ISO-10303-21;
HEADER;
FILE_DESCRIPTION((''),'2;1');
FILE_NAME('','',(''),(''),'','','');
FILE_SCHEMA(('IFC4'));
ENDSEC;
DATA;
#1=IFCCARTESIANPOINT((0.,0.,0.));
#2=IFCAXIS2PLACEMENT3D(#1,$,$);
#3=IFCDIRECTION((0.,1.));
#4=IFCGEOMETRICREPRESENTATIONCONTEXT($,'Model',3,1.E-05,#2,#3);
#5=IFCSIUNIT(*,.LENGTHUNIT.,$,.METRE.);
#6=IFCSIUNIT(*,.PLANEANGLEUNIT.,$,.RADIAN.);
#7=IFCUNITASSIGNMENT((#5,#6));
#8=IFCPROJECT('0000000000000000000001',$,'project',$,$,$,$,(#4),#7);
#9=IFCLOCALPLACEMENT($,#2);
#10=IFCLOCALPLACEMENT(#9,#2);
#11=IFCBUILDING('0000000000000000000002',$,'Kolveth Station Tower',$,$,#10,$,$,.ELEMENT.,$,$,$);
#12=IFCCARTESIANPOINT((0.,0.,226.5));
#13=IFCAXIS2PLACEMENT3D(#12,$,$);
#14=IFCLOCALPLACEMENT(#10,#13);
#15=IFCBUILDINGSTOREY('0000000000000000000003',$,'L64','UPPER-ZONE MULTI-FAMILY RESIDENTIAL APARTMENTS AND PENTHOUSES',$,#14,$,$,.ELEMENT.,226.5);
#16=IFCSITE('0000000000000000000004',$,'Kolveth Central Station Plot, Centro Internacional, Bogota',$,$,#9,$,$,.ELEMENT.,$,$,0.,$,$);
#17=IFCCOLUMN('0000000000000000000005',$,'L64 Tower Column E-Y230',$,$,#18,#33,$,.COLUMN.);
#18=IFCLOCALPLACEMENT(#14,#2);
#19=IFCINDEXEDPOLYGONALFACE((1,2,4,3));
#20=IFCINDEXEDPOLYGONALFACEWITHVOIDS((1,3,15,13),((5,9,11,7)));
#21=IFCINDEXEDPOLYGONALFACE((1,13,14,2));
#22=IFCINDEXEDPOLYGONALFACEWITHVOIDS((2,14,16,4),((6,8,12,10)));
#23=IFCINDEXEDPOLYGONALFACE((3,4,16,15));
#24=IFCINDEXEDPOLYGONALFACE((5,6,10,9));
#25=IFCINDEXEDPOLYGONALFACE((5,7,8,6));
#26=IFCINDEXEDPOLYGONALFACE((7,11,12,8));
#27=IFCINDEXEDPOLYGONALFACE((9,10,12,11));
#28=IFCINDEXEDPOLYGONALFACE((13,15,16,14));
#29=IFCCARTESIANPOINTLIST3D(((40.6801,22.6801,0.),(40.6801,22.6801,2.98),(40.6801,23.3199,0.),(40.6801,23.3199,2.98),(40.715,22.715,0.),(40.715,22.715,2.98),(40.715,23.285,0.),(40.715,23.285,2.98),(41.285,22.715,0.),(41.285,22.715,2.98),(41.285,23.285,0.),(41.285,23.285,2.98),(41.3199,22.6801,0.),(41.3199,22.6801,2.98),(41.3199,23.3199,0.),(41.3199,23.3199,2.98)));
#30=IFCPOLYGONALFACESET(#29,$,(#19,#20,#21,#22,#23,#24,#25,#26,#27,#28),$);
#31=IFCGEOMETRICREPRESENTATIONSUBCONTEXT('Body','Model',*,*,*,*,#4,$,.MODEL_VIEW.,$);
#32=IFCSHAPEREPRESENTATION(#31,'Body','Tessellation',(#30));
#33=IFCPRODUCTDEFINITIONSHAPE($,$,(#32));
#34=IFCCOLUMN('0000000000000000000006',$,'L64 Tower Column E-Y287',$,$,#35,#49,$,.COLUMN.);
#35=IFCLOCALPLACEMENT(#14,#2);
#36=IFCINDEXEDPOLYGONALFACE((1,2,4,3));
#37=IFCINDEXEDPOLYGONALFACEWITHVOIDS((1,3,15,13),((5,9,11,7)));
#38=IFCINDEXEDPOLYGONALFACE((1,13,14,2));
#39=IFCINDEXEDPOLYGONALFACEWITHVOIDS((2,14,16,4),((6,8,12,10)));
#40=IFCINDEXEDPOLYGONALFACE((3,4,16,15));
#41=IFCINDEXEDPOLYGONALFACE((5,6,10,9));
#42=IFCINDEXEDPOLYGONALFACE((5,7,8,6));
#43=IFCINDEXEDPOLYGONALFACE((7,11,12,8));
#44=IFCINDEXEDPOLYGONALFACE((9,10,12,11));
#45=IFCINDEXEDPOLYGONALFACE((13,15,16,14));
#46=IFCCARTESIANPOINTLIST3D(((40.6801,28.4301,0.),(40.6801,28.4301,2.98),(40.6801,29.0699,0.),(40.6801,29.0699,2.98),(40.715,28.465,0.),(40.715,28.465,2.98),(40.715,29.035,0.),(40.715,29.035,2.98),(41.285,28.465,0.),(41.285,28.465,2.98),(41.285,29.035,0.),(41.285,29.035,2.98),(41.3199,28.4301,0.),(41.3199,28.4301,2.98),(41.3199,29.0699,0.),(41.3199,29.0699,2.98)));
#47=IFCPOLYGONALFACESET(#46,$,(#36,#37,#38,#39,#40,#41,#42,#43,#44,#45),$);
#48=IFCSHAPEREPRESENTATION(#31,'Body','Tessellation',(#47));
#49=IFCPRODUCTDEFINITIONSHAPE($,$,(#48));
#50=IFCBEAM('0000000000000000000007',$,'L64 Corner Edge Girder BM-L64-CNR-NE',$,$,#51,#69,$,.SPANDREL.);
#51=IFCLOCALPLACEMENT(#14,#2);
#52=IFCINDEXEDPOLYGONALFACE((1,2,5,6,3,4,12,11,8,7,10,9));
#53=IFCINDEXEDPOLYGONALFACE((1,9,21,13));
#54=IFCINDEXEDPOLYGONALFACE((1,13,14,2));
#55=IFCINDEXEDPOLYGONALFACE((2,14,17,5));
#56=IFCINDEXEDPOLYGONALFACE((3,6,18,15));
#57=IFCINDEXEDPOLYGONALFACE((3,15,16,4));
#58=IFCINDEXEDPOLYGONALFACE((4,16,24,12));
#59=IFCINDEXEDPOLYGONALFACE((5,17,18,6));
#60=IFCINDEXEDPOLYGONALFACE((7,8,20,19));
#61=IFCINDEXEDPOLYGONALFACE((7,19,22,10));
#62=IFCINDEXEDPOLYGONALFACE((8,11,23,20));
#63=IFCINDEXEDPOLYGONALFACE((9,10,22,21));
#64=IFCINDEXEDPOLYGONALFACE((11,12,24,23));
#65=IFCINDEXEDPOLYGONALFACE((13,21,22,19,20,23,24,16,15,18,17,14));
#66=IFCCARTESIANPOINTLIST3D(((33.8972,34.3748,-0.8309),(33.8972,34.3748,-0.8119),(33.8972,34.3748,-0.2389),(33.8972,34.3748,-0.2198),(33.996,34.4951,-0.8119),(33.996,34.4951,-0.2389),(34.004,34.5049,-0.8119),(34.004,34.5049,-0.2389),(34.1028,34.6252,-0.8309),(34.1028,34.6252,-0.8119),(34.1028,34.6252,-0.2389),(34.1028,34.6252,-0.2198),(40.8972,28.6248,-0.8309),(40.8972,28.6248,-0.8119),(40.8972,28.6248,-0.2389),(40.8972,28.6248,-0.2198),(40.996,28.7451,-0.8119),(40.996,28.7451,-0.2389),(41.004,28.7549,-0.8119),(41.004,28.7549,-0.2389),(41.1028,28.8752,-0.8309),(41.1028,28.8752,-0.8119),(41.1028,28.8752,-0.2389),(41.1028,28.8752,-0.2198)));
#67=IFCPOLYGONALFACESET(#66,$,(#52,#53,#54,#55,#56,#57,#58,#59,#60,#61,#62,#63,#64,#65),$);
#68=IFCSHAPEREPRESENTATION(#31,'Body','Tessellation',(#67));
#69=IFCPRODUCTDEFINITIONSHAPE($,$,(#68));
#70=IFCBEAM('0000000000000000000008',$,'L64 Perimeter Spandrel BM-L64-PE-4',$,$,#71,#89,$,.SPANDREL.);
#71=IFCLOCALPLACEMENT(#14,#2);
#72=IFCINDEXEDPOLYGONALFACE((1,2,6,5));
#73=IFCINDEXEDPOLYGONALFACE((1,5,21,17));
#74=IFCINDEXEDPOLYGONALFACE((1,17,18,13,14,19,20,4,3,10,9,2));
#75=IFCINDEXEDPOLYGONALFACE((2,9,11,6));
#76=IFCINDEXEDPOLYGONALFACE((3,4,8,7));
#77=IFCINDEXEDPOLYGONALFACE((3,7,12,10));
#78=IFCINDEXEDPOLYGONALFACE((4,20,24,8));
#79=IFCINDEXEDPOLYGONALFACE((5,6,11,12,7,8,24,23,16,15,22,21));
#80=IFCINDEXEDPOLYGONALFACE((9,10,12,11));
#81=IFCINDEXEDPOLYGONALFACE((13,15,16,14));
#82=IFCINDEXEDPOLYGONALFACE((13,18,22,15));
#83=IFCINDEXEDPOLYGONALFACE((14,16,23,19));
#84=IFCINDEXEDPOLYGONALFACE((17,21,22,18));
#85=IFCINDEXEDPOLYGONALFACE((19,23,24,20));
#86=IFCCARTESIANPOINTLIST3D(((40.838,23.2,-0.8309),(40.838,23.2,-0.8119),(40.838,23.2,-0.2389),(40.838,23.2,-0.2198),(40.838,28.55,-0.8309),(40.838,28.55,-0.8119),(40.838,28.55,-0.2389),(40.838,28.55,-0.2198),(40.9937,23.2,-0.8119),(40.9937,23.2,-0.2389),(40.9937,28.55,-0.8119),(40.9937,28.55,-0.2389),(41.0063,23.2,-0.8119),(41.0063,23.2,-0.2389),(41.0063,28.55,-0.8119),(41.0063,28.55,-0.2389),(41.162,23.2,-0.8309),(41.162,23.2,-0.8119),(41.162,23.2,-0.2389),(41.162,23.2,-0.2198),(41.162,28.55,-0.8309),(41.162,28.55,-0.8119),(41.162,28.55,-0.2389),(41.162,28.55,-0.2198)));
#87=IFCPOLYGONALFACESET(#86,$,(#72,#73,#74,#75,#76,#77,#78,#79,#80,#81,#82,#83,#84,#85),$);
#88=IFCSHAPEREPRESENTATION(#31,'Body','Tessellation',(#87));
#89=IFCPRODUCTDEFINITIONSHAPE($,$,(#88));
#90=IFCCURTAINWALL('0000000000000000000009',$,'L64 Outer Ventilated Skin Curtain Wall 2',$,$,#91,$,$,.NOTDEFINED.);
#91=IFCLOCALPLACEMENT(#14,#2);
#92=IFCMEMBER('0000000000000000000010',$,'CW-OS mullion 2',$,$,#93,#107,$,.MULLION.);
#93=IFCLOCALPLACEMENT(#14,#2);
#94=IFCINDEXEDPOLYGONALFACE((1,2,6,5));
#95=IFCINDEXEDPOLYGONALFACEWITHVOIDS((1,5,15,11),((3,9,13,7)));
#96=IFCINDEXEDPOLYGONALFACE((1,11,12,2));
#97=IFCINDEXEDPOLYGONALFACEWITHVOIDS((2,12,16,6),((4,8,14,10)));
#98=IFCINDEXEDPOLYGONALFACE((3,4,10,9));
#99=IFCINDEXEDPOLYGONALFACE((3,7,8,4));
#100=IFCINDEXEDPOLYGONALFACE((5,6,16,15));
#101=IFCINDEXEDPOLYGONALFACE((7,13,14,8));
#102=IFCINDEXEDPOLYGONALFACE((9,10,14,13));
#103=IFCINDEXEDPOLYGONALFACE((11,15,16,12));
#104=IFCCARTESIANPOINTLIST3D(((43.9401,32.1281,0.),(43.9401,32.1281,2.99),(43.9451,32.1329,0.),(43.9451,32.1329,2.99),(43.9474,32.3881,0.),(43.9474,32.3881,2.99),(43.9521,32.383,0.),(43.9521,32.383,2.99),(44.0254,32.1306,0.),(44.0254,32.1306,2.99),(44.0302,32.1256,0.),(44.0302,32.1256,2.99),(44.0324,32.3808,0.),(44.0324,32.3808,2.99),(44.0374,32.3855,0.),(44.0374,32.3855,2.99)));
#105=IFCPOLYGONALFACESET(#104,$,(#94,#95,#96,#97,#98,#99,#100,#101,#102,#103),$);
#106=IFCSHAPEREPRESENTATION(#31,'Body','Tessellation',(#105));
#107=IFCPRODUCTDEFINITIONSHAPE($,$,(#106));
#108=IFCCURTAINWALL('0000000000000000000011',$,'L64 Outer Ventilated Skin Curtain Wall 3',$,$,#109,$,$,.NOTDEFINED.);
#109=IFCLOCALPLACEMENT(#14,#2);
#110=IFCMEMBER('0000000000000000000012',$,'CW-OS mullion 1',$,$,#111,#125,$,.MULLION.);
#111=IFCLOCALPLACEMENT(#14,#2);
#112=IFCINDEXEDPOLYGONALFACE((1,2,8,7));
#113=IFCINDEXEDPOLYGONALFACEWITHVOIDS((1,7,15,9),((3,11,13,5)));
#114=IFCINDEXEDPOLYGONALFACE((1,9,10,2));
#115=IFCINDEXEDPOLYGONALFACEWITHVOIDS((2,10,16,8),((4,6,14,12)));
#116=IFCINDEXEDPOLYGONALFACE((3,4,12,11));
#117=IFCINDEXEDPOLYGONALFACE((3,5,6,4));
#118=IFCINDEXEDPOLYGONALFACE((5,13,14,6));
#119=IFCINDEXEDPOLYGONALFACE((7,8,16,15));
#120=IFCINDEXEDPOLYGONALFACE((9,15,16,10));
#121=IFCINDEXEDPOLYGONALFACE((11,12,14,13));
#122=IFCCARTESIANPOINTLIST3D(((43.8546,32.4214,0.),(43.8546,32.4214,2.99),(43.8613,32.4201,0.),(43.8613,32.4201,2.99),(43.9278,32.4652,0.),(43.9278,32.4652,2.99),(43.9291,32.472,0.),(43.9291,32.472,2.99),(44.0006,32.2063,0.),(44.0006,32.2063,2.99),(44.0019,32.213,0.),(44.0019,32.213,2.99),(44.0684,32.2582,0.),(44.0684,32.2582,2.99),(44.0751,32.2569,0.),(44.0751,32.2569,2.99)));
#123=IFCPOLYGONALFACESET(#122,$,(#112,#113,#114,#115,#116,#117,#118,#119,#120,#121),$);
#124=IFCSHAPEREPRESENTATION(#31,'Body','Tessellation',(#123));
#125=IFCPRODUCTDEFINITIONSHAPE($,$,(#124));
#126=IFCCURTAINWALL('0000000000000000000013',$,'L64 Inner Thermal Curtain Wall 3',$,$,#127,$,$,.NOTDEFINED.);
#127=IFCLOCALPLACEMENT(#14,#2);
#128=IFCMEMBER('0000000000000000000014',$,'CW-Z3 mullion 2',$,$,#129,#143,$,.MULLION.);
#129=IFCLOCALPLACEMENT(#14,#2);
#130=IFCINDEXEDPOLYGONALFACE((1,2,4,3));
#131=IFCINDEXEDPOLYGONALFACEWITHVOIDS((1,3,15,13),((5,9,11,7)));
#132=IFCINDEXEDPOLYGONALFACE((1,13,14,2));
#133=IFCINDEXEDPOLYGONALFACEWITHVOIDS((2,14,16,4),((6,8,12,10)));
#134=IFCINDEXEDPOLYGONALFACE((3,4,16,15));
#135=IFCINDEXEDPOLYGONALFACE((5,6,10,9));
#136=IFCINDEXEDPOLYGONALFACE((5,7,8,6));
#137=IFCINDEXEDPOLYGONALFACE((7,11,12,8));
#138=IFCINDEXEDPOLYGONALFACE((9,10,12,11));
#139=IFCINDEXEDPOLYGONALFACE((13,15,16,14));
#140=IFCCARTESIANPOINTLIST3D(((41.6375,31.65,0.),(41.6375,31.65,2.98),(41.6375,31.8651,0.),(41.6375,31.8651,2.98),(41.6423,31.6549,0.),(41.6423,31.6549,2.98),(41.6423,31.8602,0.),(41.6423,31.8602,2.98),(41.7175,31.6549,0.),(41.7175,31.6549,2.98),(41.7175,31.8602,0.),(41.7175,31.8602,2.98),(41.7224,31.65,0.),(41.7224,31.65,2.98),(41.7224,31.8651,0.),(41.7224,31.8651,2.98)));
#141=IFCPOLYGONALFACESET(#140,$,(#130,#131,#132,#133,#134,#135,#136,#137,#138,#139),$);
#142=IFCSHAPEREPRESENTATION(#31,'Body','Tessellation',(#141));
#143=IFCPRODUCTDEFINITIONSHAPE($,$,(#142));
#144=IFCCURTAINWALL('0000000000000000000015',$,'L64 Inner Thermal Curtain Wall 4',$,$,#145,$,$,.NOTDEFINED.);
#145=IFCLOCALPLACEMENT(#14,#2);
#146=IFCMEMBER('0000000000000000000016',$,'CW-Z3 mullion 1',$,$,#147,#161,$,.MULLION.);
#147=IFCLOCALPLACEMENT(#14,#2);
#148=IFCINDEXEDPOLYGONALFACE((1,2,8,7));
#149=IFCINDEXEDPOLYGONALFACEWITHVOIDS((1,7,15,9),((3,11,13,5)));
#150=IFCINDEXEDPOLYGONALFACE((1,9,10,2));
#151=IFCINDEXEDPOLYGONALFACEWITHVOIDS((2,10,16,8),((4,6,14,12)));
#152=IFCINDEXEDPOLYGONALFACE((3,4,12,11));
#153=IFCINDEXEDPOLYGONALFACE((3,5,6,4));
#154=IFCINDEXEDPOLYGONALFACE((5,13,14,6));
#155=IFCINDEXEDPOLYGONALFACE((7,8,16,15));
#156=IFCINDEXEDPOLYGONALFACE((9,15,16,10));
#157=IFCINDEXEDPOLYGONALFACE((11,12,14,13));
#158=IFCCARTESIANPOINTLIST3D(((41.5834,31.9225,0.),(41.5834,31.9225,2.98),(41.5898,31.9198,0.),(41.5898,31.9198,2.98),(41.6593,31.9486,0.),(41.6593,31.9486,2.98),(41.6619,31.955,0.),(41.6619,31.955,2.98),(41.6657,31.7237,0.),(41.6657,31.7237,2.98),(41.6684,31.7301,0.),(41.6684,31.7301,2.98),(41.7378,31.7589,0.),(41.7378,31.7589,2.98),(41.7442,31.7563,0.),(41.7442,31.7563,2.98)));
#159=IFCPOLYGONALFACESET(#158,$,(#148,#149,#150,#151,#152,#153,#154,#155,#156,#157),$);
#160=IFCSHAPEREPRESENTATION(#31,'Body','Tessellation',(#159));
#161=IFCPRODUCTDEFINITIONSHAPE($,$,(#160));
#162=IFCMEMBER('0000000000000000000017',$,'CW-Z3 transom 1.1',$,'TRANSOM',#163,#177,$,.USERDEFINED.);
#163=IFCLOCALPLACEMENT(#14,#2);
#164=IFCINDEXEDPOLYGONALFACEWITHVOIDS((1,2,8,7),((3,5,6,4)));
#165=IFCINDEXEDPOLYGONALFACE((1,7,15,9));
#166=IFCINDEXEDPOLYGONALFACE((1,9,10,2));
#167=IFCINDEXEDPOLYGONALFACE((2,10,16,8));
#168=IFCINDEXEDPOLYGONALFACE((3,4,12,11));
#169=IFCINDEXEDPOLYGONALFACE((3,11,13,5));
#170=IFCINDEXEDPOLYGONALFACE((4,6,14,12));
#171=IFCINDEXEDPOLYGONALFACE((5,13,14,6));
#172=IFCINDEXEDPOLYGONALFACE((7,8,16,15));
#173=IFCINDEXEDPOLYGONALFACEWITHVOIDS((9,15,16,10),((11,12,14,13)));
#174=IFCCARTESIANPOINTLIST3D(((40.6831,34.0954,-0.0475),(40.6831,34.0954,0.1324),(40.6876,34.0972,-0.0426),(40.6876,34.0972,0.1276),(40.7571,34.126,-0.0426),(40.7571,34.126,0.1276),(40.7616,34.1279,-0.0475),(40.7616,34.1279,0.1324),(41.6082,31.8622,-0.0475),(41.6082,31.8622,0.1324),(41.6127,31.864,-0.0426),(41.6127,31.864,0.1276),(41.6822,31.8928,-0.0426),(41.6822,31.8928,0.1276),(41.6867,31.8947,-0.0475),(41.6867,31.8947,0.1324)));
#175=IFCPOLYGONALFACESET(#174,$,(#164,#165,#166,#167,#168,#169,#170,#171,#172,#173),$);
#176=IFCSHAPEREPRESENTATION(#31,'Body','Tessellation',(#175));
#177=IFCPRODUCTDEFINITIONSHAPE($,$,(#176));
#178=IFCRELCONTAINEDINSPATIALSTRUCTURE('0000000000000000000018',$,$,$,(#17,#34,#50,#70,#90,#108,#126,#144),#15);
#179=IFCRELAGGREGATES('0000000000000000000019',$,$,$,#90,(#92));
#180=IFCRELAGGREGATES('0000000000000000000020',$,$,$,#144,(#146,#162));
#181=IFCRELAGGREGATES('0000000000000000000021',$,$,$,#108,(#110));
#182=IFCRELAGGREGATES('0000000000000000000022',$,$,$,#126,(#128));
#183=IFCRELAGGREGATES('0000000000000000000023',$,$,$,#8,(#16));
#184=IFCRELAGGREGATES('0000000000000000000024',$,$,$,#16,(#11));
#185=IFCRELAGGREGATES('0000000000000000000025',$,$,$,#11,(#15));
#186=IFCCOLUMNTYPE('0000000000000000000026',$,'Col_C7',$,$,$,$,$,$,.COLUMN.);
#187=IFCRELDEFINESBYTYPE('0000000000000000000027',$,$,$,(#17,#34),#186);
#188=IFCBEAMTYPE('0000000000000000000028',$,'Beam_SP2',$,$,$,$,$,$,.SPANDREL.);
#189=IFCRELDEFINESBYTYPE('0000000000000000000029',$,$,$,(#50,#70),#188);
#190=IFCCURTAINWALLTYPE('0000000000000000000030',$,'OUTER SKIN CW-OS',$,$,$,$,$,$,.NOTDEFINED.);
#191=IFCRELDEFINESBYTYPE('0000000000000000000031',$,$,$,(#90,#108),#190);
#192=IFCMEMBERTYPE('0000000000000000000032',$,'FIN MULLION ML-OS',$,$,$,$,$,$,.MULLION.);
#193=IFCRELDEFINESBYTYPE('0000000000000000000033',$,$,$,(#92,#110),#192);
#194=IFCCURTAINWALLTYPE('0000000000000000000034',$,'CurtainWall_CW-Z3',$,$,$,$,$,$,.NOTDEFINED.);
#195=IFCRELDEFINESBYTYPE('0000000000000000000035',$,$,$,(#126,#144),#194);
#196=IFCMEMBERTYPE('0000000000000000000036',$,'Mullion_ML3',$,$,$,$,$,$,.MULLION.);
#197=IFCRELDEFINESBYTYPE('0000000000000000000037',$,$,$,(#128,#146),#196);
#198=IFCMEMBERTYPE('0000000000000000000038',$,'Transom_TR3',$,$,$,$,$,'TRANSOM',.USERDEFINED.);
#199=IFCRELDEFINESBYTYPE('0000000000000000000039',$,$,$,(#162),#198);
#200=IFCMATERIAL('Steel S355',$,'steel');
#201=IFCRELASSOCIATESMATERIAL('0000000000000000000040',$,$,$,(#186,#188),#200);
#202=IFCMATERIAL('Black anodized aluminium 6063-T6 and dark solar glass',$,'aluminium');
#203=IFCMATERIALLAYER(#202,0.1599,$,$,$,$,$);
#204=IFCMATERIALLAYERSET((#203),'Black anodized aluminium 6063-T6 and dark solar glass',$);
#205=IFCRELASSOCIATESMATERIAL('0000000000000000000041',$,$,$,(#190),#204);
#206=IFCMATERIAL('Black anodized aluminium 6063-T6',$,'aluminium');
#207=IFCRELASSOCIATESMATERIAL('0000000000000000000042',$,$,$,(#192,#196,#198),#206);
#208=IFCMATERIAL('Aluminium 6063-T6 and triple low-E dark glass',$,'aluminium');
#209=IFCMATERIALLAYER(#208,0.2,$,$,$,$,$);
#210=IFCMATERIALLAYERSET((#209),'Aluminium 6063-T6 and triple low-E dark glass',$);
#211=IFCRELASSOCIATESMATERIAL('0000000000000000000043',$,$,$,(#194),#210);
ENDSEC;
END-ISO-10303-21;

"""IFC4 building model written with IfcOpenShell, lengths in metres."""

from ifc_helpers import new_model, si_unit, direction, frame, origin, origin_2d, place, context, subcontext, project, spatial, hollow_rectangle, i_section, extrude, source, transform, mapped, material, layer, layer_set, material_profile, profile_set, type_object, element, aggregate, save


model = new_model("IFC4")

# Units and contexts
model_context = context("Model", 3, precision=1e-05, world=origin(), true_north=direction((0.0, 1.0)))
body_context = subcontext(model_context, "Body", "Model", "MODEL_VIEW")
ifc_project = project(units=[si_unit("LENGTHUNIT", "METRE"), si_unit("PLANEANGLEUNIT", "RADIAN")], contexts=[model_context])

# Site, building, storey
site_placement = place(None, origin())
site = spatial("IfcSite", under=ifc_project, at=site_placement, Name="Kolveth Central Station Plot, Centro Internacional, Bogota", CompositionType="ELEMENT", RefElevation=0.0)
building_placement = place(site_placement, origin())
building = spatial("IfcBuilding", under=site, at=building_placement, Name="Kolveth Station Tower", CompositionType="ELEMENT")
storey_placement = place(building_placement, frame((0.0, 0.0, 226.5)))
storey = spatial("IfcBuildingStorey", under=building, at=storey_placement, Name="L64", Description="UPPER-ZONE MULTI-FAMILY RESIDENTIAL APARTMENTS AND PENTHOUSES", CompositionType="ELEMENT", Elevation=226.5)

# Columns
ifc_material_1 = material(Name="Steel S355", Category="steel")
ifc_material_profile_1 = material_profile(ifc_material_1, hollow_rectangle(XDim=0.6399, YDim=0.6399, WallThickness=0.0349, at=origin_2d()), Name="BOX640x640x35")
ifc_profile_set_1 = profile_set([ifc_material_profile_1], Name="Steel S355")
column_type = type_object("IfcColumnType", Name="Col_C7", PredefinedType="COLUMN", material=ifc_profile_set_1)
shared_shape_1 = source(origin(), body_context, "Body", "SweptSolid", [
    extrude(hollow_rectangle(XDim=0.6399, YDim=0.6399, WallThickness=0.0349, at=origin_2d()), origin(), (0.0, 0.0, 1.0), 2.98),
])
for number, where, z_axis, x_axis, name in (
    (1, (41.0, 23.0, 0.0), (0.0, 0.0, 1.0), (1.0, 0.0, 0.0), "L64 Tower Column E-Y230"),
    (2, (41.0, 28.75, 0.0), (0.0, 0.0, 1.0), (1.0, 0.0, 0.0), "L64 Tower Column E-Y287"),
):
    element("IfcColumn", number, at=place(storey_placement, frame(where, z_axis=z_axis, x_axis=x_axis)), inside=storey, type_object=column_type, Name=name, PredefinedType="COLUMN", context=body_context, shape_type="MappedRepresentation", body=[
        mapped(shared_shape_1, transform((0.0, 0.0, 0.0), x_axis=(1.0, 0.0, 0.0), y_axis=(0.0, 1.0, 0.0), z_axis=(0.0, 0.0, 1.0), scale=1.0)),
    ])

# Beams
ifc_material_profile_2 = material_profile(ifc_material_1, i_section(OverallWidth=0.324, OverallDepth=0.6111, WebThickness=0.0127, FlangeThickness=0.019, at=origin_2d()), Name="W610x155")
ifc_profile_set_2 = profile_set([ifc_material_profile_2], Name="Steel S355")
beam_type = type_object("IfcBeamType", Name="Beam_SP2", PredefinedType="SPANDREL", material=ifc_profile_set_2)
shared_shape_2 = source(origin(), body_context, "Body", "SweptSolid", [
    extrude(i_section(OverallWidth=0.324, OverallDepth=0.6111, WebThickness=0.0127, FlangeThickness=0.019, at=origin_2d()), origin(), (0.0, 0.0, 1.0), 9.0588),
])
beam_1_placement = place(storey_placement, frame((41.0, 28.75, -0.5254), z_axis=(-0.772726, 0.634739, 0.0), x_axis=(-0.634739, -0.772726, 0.0)))
element("IfcBeam", 3, at=beam_1_placement, inside=storey, type_object=beam_type, Name="L64 Corner Edge Girder BM-L64-CNR-NE", PredefinedType="SPANDREL", context=body_context, shape_type="MappedRepresentation", body=[
    mapped(shared_shape_2, transform((0.0, 0.0, 0.0), x_axis=(1.0, 0.0, 0.0), y_axis=(0.0, 1.0, 0.0), z_axis=(0.0, 0.0, 1.0), scale=1.0)),
])
shared_shape_3 = source(origin(), body_context, "Body", "SweptSolid", [
    extrude(i_section(OverallWidth=0.324, OverallDepth=0.6111, WebThickness=0.0127, FlangeThickness=0.019, at=origin_2d()), origin(), (0.0, 0.0, 1.0), 5.3501),
])
beam_2_placement = place(storey_placement, frame((41.0, 23.2, -0.5254), z_axis=(0.0, 1.0, 0.0), x_axis=(-1.0, 0.0, 0.0)))
element("IfcBeam", 4, at=beam_2_placement, inside=storey, type_object=beam_type, Name="L64 Perimeter Spandrel BM-L64-PE-4", PredefinedType="SPANDREL", context=body_context, shape_type="MappedRepresentation", body=[
    mapped(shared_shape_3, transform((0.0, 0.0, 0.0), x_axis=(1.0, 0.0, 0.0), y_axis=(0.0, 1.0, 0.0), z_axis=(0.0, 0.0, 1.0), scale=1.0)),
])

# Curtain walls, members
ifc_material_2 = material(Name="Black anodized aluminium 6063-T6 and dark solar glass", Category="aluminium")
ifc_layer_1 = layer(ifc_material_2, 0.1599)
ifc_layer_set_1 = layer_set([ifc_layer_1], Name="Black anodized aluminium 6063-T6 and dark solar glass")
curtain_wall_type_1 = type_object("IfcCurtainWallType", Name="OUTER SKIN CW-OS", PredefinedType="NOTDEFINED", material=ifc_layer_set_1)
curtain_wall_1_placement = place(storey_placement, origin())
curtain_wall_1 = element("IfcCurtainWall", 5, at=curtain_wall_1_placement, inside=storey, type_object=curtain_wall_type_1, Name="L64 Outer Ventilated Skin Curtain Wall 2", PredefinedType="NOTDEFINED")
ifc_material_3 = material(Name="Black anodized aluminium 6063-T6", Category="aluminium")
ifc_material_profile_3 = material_profile(ifc_material_3, hollow_rectangle(XDim=0.0901, YDim=0.26, WallThickness=0.0049, at=origin_2d()), Name="ALU-90x260x5")
ifc_profile_set_3 = profile_set([ifc_material_profile_3], Name="Black anodized aluminium 6063-T6")
member_type_1 = type_object("IfcMemberType", Name="FIN MULLION ML-OS", PredefinedType="MULLION", material=ifc_profile_set_3)
shared_shape_4 = source(origin(), body_context, "Body", "SweptSolid", [
    extrude(hollow_rectangle(XDim=0.0901, YDim=0.26, WallThickness=0.0049, at=origin_2d()), origin(), (0.0, 0.0, 1.0), 2.99),
])
member_1_placement = place(storey_placement, frame((43.9888, 32.2568, 0.0), z_axis=(0.0, 0.0, 1.0), x_axis=(-0.999608, 0.02799, 0.0)))
member_1 = element("IfcMember", 6, at=member_1_placement, type_object=member_type_1, Name="CW-OS mullion 2", PredefinedType="MULLION", context=body_context, shape_type="MappedRepresentation", body=[
    mapped(shared_shape_4, transform((0.0, 0.0, 0.0), x_axis=(1.0, 0.0, 0.0), y_axis=(0.0, 1.0, 0.0), z_axis=(0.0, 0.0, 1.0), scale=1.0)),
])
aggregate(curtain_wall_1, [member_1])
curtain_wall_2_placement = place(storey_placement, origin())
curtain_wall_2 = element("IfcCurtainWall", 7, at=curtain_wall_2_placement, inside=storey, type_object=curtain_wall_type_1, Name="L64 Outer Ventilated Skin Curtain Wall 3", PredefinedType="NOTDEFINED")
member_2_placement = place(storey_placement, frame((43.9648, 32.3391, 0.0), z_axis=(0.0, 0.0, 1.0), x_axis=(-0.827335, -0.561709, 0.0)))
member_2 = element("IfcMember", 8, at=member_2_placement, type_object=member_type_1, Name="CW-OS mullion 1", PredefinedType="MULLION", context=body_context, shape_type="MappedRepresentation", body=[
    mapped(shared_shape_4, transform((0.0, 0.0, 0.0), x_axis=(1.0, 0.0, 0.0), y_axis=(0.0, 1.0, 0.0), z_axis=(0.0, 0.0, 1.0), scale=1.0)),
])
ifc_material_4 = material(Name="Aluminium 6063-T6 and triple low-E dark glass", Category="aluminium")
ifc_layer_2 = layer(ifc_material_4, 0.2)
ifc_layer_set_2 = layer_set([ifc_layer_2], Name="Aluminium 6063-T6 and triple low-E dark glass")
curtain_wall_type_2 = type_object("IfcCurtainWallType", Name="CurtainWall_CW-Z3", PredefinedType="NOTDEFINED", material=ifc_layer_set_2)
curtain_wall_3_placement = place(storey_placement, origin())
curtain_wall_3 = element("IfcCurtainWall", 9, at=curtain_wall_3_placement, inside=storey, type_object=curtain_wall_type_2, Name="L64 Inner Thermal Curtain Wall 3", PredefinedType="NOTDEFINED")
ifc_material_profile_4 = material_profile(ifc_material_3, hollow_rectangle(XDim=0.085, YDim=0.2151, WallThickness=0.0049, at=origin_2d()), Name="ALU-85x215x5")
ifc_profile_set_4 = profile_set([ifc_material_profile_4], Name="Black anodized aluminium 6063-T6")
member_type_2 = type_object("IfcMemberType", Name="Mullion_ML3", PredefinedType="MULLION", material=ifc_profile_set_4)
shared_shape_5 = source(origin(), body_context, "Body", "SweptSolid", [
    extrude(hollow_rectangle(XDim=0.085, YDim=0.2151, WallThickness=0.0049, at=origin_2d()), origin(), (0.0, 0.0, 1.0), 2.98),
])
member_3_placement = place(storey_placement, frame((41.6799, 31.7576, 0.0), z_axis=(0.0, 0.0, 1.0), x_axis=(-1.0, 0.0, 0.0)))
member_3 = element("IfcMember", 10, at=member_3_placement, type_object=member_type_2, Name="CW-Z3 mullion 2", PredefinedType="MULLION", context=body_context, shape_type="MappedRepresentation", body=[
    mapped(shared_shape_5, transform((0.0, 0.0, 0.0), x_axis=(1.0, 0.0, 0.0), y_axis=(0.0, 1.0, 0.0), z_axis=(0.0, 0.0, 1.0), scale=1.0)),
])

# Curtain wall, members
curtain_wall_4_placement = place(storey_placement, origin())
curtain_wall_4 = element("IfcCurtainWall", 11, at=curtain_wall_4_placement, inside=storey, type_object=curtain_wall_type_2, Name="L64 Inner Thermal Curtain Wall 4", PredefinedType="NOTDEFINED")
member_4_placement = place(storey_placement, frame((41.6638, 31.8394, 0.0), z_axis=(0.0, 0.0, 1.0), x_axis=(-0.923875, -0.382693, 0.0)))
member_4 = element("IfcMember", 12, at=member_4_placement, type_object=member_type_2, Name="CW-Z3 mullion 1", PredefinedType="MULLION", context=body_context, shape_type="MappedRepresentation", body=[
    mapped(shared_shape_5, transform((0.0, 0.0, 0.0), x_axis=(1.0, 0.0, 0.0), y_axis=(0.0, 1.0, 0.0), z_axis=(0.0, 0.0, 1.0), scale=1.0)),
])
ifc_material_profile_5 = material_profile(ifc_material_3, hollow_rectangle(XDim=0.085, YDim=0.1799, WallThickness=0.0049, at=origin_2d()), Name="ALU-85x180x5")
ifc_profile_set_5 = profile_set([ifc_material_profile_5], Name="Black anodized aluminium 6063-T6")
member_type_3 = type_object("IfcMemberType", Name="Transom_TR3", ElementType="TRANSOM", PredefinedType="USERDEFINED", material=ifc_profile_set_5)
shared_shape_6 = source(origin(), body_context, "Body", "SweptSolid", [
    extrude(hollow_rectangle(XDim=0.085, YDim=0.1799, WallThickness=0.0049, at=origin_2d()), origin(), (0.0, 0.0, 1.0), 2.4172),
])
member_5_placement = place(storey_placement, frame((41.6475, 31.8784, 0.0425), z_axis=(-0.3827, 0.923873, 0.0), x_axis=(-0.923873, -0.3827, 0.0)))
member_5 = element("IfcMember", 13, at=member_5_placement, type_object=member_type_3, Name="CW-Z3 transom 1.1", ObjectType="TRANSOM", PredefinedType="USERDEFINED", context=body_context, shape_type="MappedRepresentation", body=[
    mapped(shared_shape_6, transform((0.0, 0.0, 0.0), x_axis=(1.0, 0.0, 0.0), y_axis=(0.0, 1.0, 0.0), z_axis=(0.0, 0.0, 1.0), scale=1.0)),
])
aggregate(curtain_wall_4, [member_4, member_5])

aggregate(curtain_wall_2, [member_2])

aggregate(curtain_wall_3, [member_3])

save(model, "model.ifc")
